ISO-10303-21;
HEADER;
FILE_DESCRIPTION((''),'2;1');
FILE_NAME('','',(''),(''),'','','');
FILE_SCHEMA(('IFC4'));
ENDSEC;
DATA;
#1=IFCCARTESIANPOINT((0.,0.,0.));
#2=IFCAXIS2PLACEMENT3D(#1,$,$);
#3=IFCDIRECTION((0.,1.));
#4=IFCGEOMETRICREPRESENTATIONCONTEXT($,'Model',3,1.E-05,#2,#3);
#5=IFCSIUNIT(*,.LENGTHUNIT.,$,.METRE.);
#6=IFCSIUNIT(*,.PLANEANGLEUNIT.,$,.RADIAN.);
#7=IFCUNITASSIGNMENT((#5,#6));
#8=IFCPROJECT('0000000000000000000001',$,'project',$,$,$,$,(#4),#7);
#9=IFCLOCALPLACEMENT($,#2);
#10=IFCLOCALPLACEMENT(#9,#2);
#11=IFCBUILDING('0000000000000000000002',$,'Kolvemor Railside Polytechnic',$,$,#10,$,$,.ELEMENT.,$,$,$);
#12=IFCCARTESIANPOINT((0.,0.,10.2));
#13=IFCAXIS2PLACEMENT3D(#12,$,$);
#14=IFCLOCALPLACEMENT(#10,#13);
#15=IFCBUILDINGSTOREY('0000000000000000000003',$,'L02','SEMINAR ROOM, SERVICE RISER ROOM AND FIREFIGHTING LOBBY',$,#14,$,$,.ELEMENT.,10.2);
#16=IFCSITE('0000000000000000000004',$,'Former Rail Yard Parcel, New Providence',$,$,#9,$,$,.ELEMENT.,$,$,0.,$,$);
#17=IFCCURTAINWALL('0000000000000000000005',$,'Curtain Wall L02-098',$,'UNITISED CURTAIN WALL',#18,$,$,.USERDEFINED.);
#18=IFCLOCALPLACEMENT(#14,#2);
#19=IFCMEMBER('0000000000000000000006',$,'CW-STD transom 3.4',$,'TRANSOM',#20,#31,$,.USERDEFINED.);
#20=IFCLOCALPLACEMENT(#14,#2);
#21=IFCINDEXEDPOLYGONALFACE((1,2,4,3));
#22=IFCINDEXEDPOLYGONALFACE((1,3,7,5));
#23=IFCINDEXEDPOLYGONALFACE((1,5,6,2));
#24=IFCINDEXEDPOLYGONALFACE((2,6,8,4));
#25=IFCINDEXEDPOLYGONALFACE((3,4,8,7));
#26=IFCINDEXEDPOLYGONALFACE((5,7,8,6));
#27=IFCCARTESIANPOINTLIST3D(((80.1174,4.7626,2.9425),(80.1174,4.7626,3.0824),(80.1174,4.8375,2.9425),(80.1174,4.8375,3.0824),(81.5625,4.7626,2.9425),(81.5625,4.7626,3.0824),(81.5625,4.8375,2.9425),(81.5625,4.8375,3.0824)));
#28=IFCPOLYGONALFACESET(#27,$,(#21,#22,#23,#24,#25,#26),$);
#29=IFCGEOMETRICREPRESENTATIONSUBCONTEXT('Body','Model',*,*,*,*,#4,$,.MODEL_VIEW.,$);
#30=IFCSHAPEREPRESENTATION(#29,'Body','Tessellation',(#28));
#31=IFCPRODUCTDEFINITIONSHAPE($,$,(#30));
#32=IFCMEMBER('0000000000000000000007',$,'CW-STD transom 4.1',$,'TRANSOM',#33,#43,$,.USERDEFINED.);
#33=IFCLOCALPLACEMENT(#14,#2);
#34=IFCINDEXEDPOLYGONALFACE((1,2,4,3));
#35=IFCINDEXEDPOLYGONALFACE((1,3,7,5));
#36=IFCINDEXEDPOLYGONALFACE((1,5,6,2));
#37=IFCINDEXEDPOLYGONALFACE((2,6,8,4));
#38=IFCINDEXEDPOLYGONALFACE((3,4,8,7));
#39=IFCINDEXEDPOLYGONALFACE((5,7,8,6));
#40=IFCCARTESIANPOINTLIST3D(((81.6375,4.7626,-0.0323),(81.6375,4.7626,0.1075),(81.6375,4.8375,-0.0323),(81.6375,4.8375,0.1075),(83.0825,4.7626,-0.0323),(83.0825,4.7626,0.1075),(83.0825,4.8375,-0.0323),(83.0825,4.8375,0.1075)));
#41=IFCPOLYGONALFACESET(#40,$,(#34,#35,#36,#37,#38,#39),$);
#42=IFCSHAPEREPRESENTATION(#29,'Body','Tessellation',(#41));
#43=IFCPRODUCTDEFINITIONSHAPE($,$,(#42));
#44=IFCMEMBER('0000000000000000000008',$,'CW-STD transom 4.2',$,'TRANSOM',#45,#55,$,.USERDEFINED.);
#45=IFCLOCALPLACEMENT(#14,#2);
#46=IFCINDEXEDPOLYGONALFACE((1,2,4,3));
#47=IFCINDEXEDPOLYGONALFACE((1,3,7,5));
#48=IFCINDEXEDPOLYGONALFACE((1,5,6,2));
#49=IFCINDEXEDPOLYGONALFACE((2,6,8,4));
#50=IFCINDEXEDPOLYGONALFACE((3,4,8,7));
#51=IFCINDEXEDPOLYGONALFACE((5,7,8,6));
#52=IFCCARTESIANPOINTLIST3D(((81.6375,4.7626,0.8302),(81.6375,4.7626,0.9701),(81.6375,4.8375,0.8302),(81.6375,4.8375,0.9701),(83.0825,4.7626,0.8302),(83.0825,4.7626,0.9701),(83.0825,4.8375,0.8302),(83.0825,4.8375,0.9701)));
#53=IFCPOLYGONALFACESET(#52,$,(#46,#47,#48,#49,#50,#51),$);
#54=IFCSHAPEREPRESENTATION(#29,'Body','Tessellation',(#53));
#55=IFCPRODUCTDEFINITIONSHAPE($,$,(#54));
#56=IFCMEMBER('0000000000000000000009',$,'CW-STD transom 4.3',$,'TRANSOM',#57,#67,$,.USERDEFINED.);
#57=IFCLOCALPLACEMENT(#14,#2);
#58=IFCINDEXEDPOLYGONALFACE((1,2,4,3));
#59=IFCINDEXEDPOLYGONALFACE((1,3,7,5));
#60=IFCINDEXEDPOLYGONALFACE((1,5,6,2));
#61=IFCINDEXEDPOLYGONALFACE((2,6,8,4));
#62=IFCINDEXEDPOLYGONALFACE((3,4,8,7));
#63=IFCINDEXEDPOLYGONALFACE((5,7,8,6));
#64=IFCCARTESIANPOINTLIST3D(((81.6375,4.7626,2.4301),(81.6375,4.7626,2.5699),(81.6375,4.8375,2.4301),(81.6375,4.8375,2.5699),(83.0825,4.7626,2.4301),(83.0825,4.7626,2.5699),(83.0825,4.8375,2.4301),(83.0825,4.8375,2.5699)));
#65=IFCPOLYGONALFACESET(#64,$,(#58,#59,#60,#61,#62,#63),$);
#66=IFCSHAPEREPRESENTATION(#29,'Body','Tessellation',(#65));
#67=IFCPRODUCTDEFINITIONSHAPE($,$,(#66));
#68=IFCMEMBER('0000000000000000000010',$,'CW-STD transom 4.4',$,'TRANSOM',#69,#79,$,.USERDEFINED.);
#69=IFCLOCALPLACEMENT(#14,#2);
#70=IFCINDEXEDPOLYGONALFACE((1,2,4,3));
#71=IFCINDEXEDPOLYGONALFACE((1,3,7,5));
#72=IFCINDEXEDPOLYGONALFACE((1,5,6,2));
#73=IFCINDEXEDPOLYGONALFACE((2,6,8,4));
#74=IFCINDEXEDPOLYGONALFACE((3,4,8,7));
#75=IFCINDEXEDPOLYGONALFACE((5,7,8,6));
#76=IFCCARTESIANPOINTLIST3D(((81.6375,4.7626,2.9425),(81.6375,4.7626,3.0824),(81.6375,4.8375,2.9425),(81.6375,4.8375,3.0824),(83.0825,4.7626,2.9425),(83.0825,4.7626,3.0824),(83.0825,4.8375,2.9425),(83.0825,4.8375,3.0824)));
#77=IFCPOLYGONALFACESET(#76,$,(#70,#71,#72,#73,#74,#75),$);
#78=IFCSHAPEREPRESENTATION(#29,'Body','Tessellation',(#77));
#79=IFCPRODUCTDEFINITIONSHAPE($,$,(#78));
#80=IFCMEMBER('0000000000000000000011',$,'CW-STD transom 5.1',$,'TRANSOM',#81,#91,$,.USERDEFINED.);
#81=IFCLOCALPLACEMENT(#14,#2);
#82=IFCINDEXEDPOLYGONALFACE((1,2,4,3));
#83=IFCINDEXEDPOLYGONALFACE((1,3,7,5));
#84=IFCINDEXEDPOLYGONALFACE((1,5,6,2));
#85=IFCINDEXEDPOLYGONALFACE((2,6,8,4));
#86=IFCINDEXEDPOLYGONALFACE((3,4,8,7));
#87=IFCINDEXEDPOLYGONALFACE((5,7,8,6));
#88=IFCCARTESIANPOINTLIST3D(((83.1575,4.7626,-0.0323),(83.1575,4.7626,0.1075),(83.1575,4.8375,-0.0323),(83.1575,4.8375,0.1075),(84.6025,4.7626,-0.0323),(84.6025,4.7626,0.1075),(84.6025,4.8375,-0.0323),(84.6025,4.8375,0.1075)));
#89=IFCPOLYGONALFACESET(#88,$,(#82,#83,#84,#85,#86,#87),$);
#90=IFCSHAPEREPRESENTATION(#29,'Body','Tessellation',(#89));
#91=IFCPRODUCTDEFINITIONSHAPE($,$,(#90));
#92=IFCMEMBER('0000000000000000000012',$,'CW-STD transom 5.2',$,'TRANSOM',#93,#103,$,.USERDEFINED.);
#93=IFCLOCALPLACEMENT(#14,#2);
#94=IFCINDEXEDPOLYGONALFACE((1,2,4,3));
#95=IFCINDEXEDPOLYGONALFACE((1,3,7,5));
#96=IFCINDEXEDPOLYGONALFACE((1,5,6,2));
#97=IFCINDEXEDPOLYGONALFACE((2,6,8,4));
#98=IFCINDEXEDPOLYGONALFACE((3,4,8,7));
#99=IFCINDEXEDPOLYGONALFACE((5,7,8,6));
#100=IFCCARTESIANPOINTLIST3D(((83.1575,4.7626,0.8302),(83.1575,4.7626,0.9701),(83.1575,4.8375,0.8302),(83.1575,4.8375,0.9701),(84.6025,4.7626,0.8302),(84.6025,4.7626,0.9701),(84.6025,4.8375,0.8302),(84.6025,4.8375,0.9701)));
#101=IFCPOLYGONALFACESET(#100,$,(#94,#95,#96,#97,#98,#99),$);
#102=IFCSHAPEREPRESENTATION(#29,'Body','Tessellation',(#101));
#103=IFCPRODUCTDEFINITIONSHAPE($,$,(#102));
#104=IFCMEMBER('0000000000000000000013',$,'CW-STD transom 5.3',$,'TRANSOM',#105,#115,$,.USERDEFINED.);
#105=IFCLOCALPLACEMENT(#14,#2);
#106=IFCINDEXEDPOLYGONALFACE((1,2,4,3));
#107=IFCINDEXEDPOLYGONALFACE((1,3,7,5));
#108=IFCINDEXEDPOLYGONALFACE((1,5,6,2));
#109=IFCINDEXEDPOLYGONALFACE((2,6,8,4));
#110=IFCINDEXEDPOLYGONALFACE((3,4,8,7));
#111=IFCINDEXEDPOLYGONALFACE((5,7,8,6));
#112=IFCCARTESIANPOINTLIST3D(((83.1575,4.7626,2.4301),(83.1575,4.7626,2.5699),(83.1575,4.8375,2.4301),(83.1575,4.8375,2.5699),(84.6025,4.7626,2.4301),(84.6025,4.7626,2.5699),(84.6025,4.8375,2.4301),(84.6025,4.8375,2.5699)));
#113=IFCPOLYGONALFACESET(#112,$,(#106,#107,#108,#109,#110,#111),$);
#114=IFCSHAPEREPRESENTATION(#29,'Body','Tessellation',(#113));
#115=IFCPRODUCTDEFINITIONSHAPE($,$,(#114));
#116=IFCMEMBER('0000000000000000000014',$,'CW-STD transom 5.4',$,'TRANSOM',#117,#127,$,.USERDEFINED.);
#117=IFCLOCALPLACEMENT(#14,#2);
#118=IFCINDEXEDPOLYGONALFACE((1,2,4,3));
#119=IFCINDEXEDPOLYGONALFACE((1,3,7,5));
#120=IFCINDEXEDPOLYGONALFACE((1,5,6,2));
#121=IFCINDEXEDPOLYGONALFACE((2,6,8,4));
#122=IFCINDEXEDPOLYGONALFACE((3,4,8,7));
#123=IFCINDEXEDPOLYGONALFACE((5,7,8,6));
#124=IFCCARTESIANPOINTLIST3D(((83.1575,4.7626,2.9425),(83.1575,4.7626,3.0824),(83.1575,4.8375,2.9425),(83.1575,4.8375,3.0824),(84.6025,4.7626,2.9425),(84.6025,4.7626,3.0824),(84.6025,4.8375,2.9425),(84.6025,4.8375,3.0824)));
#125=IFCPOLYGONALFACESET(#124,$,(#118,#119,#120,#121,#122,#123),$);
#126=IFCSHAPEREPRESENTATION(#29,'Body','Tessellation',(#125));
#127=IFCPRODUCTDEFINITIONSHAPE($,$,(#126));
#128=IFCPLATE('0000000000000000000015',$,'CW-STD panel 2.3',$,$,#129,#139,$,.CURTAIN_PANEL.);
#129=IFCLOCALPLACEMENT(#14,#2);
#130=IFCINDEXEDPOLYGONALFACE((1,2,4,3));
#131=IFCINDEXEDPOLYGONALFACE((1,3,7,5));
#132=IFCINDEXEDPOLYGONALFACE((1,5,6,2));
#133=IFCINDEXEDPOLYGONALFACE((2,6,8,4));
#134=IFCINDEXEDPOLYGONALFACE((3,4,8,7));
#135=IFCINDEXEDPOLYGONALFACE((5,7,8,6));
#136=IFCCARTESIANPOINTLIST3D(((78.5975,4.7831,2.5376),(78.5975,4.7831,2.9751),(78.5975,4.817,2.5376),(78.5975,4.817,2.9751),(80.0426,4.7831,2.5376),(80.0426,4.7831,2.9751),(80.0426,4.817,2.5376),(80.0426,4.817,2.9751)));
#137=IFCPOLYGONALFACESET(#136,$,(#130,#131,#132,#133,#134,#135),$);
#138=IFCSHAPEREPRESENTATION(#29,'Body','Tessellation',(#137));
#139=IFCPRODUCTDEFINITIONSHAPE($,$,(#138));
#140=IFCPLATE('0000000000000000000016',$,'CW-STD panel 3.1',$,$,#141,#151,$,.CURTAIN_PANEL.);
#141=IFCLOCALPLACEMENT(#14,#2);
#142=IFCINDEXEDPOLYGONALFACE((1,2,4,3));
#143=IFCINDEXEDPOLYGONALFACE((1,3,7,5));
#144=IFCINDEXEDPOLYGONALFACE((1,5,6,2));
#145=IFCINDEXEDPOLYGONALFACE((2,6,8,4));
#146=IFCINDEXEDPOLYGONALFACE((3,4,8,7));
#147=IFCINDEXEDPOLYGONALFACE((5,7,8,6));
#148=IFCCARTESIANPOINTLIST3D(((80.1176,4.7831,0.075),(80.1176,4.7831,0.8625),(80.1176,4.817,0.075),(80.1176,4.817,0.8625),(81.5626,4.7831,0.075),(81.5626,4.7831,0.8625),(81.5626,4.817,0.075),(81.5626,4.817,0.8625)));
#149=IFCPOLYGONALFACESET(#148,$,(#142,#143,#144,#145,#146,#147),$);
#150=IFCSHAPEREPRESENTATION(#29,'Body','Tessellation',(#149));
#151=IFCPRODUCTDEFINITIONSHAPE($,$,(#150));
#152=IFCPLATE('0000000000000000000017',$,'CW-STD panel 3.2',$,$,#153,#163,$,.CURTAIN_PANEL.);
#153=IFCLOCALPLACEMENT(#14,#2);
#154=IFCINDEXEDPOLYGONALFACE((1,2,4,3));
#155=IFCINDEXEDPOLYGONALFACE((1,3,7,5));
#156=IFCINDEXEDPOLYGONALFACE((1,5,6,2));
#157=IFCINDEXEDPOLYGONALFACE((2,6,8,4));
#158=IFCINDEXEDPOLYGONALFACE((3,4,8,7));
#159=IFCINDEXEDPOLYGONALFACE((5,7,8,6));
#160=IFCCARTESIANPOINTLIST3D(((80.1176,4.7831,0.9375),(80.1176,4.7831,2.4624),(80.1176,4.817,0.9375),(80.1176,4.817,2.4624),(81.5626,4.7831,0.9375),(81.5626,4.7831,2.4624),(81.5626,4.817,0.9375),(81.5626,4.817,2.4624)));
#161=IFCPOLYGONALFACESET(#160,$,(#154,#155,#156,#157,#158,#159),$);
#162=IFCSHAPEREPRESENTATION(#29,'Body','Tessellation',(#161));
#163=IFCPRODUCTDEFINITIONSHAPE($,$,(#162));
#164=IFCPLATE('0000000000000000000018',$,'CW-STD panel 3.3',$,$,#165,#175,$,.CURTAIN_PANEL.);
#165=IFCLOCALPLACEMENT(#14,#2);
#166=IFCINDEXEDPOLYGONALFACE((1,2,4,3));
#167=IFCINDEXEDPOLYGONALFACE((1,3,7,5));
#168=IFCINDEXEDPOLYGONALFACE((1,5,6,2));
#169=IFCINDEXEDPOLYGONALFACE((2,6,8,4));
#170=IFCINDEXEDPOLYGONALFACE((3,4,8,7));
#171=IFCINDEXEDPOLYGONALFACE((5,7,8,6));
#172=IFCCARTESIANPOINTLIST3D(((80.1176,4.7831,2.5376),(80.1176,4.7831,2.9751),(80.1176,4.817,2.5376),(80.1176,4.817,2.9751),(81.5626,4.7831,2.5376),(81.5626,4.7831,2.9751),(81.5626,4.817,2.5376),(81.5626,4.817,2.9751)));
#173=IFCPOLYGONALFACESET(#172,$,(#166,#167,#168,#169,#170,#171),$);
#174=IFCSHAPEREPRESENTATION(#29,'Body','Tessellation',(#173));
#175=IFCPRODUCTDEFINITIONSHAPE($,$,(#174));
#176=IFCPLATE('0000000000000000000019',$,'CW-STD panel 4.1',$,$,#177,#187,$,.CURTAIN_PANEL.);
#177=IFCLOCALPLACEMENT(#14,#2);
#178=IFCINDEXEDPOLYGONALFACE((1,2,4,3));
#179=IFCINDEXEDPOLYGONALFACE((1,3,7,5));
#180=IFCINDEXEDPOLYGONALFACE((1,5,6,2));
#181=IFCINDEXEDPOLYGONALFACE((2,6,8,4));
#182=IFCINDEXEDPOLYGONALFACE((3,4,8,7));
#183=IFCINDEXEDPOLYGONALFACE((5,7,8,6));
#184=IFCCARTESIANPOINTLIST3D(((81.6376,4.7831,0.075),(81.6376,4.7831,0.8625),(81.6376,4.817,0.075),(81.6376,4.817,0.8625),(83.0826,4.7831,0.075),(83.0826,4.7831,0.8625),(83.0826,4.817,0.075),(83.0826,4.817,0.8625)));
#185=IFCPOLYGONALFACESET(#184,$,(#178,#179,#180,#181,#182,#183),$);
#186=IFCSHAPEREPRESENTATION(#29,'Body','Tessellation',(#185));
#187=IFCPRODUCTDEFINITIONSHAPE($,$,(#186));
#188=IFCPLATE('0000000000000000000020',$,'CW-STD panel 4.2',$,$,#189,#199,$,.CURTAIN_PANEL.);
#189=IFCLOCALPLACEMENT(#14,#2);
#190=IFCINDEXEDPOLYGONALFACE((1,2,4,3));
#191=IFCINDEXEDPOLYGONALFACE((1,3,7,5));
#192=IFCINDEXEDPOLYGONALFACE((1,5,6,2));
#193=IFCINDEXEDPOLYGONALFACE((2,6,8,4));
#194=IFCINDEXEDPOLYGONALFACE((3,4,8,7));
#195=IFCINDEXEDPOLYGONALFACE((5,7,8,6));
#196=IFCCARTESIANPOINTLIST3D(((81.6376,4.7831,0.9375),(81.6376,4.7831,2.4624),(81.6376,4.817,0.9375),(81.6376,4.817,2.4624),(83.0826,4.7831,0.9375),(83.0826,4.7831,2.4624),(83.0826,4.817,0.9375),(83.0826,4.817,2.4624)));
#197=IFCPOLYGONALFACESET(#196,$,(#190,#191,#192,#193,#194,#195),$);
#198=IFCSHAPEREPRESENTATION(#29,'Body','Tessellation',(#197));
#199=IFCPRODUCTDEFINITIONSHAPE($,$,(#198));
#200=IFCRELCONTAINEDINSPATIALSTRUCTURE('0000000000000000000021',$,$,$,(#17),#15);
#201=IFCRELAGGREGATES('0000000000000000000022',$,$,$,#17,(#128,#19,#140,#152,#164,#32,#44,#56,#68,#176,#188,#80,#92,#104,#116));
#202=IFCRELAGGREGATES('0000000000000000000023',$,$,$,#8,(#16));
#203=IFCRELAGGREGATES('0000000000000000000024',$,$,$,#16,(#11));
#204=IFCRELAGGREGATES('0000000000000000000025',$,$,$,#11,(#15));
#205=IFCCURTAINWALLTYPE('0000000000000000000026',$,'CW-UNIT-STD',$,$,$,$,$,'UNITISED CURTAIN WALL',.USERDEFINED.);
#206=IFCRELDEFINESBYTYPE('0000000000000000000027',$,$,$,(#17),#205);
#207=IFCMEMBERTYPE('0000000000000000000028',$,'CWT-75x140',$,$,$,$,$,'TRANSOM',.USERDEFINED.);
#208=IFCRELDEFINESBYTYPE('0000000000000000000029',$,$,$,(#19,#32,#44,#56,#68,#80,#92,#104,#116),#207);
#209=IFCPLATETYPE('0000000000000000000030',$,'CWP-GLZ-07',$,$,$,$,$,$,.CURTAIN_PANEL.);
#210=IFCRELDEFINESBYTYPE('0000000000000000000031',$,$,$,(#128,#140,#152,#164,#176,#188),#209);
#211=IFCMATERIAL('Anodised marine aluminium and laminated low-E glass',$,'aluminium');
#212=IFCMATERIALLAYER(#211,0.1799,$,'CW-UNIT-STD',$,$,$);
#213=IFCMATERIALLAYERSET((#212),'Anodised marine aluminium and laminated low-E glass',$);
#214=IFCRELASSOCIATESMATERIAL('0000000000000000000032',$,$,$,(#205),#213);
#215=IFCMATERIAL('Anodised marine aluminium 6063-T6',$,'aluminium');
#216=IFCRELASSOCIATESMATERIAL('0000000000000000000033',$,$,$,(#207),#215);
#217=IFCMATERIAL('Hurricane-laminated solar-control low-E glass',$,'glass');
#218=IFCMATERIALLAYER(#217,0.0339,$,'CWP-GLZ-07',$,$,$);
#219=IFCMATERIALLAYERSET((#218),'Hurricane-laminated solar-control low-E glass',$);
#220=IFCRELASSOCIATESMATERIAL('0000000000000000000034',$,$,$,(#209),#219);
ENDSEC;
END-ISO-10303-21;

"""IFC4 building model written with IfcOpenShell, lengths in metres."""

from ifc_helpers import new_model, si_unit, direction, frame, origin, origin_2d, place, context, subcontext, project, spatial, rectangle, extrude, material, layer, layer_set, material_profile, profile_set, type_object, element, aggregate, save


model = new_model("IFC4")

# Units and contexts
model_context = context("Model", 3, precision=1e-05, world=origin(), true_north=direction((0.0, 1.0)))
body_context = subcontext(model_context, "Body", "Model", "MODEL_VIEW")
ifc_project = project(units=[si_unit("LENGTHUNIT", "METRE"), si_unit("PLANEANGLEUNIT", "RADIAN")], contexts=[model_context])

# Site, building, storey
site_placement = place(None, origin())
site = spatial("IfcSite", under=ifc_project, at=site_placement, Name="Former Rail Yard Parcel, New Providence", CompositionType="ELEMENT", RefElevation=0.0)
building_placement = place(site_placement, origin())
building = spatial("IfcBuilding", under=site, at=building_placement, Name="Kolvemor Railside Polytechnic", CompositionType="ELEMENT")
storey_placement = place(building_placement, frame((0.0, 0.0, 10.2)))
storey = spatial("IfcBuildingStorey", under=building, at=storey_placement, Name="L02", Description="SEMINAR ROOM, SERVICE RISER ROOM AND FIREFIGHTING LOBBY", CompositionType="ELEMENT", Elevation=10.2)

# Curtain wall, members, plates
ifc_material_1 = material(Name="Anodised marine aluminium and laminated low-E glass", Category="aluminium")
ifc_layer_1 = layer(ifc_material_1, 0.1799, Name="CW-UNIT-STD")
ifc_layer_set_1 = layer_set([ifc_layer_1], Name="Anodised marine aluminium and laminated low-E glass")
curtain_wall_type = type_object("IfcCurtainWallType", Name="CW-UNIT-STD", ElementType="UNITISED CURTAIN WALL", PredefinedType="USERDEFINED", material=ifc_layer_set_1)
curtain_wall_placement = place(storey_placement, origin())
curtain_wall = element("IfcCurtainWall", 1, at=curtain_wall_placement, inside=storey, type_object=curtain_wall_type, Name="Curtain Wall L02-098", ObjectType="UNITISED CURTAIN WALL", PredefinedType="USERDEFINED")
ifc_material_2 = material(Name="Anodised marine aluminium 6063-T6", Category="aluminium")
ifc_material_profile_1 = material_profile(ifc_material_2, rectangle(XDim=0.075, YDim=0.1399, at=origin_2d()), Name="CW-TRN-75x140")
ifc_profile_set_1 = profile_set([ifc_material_profile_1], Name="Anodised marine aluminium 6063-T6")
member_type_1 = type_object("IfcMemberType", Name="CWT-75x140", ElementType="TRANSOM", PredefinedType="USERDEFINED", material=ifc_profile_set_1)
member_1_placement = place(storey_placement, frame((80.1174, 4.8, 3.0125), z_axis=(1.0, 0.0, 0.0), x_axis=(0.0, 1.0, 0.0)))
member_1 = element("IfcMember", 2, at=member_1_placement, type_object=member_type_1, Name="CW-STD transom 3.4", ObjectType="TRANSOM", PredefinedType="USERDEFINED", context=body_context, shape_type="SweptSolid", body=[
    extrude(rectangle(XDim=0.075, YDim=0.1399, at=origin_2d()), origin(), (0.0, 0.0, 1.0), 1.4451),
])
member_2_placement = place(storey_placement, frame((81.6375, 4.8, 0.0376), z_axis=(1.0, 0.0, 0.0), x_axis=(0.0, 1.0, 0.0)))
member_2 = element("IfcMember", 3, at=member_2_placement, type_object=member_type_1, Name="CW-STD transom 4.1", ObjectType="TRANSOM", PredefinedType="USERDEFINED", context=body_context, shape_type="SweptSolid", body=[
    extrude(rectangle(XDim=0.075, YDim=0.1399, at=origin_2d()), origin(), (0.0, 0.0, 1.0), 1.4451),
])
member_3_placement = place(storey_placement, frame((81.6375, 4.8, 0.9001), z_axis=(1.0, 0.0, 0.0), x_axis=(0.0, 1.0, 0.0)))
member_3 = element("IfcMember", 4, at=member_3_placement, type_object=member_type_1, Name="CW-STD transom 4.2", ObjectType="TRANSOM", PredefinedType="USERDEFINED", context=body_context, shape_type="SweptSolid", body=[
    extrude(rectangle(XDim=0.075, YDim=0.1399, at=origin_2d()), origin(), (0.0, 0.0, 1.0), 1.4451),
])
member_4_placement = place(storey_placement, frame((81.6375, 4.8, 2.5), z_axis=(1.0, 0.0, 0.0), x_axis=(0.0, 1.0, 0.0)))
member_4 = element("IfcMember", 5, at=member_4_placement, type_object=member_type_1, Name="CW-STD transom 4.3", ObjectType="TRANSOM", PredefinedType="USERDEFINED", context=body_context, shape_type="SweptSolid", body=[
    extrude(rectangle(XDim=0.075, YDim=0.1399, at=origin_2d()), origin(), (0.0, 0.0, 1.0), 1.4451),
])
member_5_placement = place(storey_placement, frame((81.6375, 4.8, 3.0125), z_axis=(1.0, 0.0, 0.0), x_axis=(0.0, 1.0, 0.0)))
member_5 = element("IfcMember", 6, at=member_5_placement, type_object=member_type_1, Name="CW-STD transom 4.4", ObjectType="TRANSOM", PredefinedType="USERDEFINED", context=body_context, shape_type="SweptSolid", body=[
    extrude(rectangle(XDim=0.075, YDim=0.1399, at=origin_2d()), origin(), (0.0, 0.0, 1.0), 1.4451),
])
member_6_placement = place(storey_placement, frame((83.1575, 4.8, 0.0376), z_axis=(1.0, 0.0, 0.0), x_axis=(0.0, 1.0, 0.0)))
member_6 = element("IfcMember", 7, at=member_6_placement, type_object=member_type_1, Name="CW-STD transom 5.1", ObjectType="TRANSOM", PredefinedType="USERDEFINED", context=body_context, shape_type="SweptSolid", body=[
    extrude(rectangle(XDim=0.075, YDim=0.1399, at=origin_2d()), origin(), (0.0, 0.0, 1.0), 1.4451),
])
member_7_placement = place(storey_placement, frame((83.1575, 4.8, 0.9001), z_axis=(1.0, 0.0, 0.0), x_axis=(0.0, 1.0, 0.0)))
member_7 = element("IfcMember", 8, at=member_7_placement, type_object=member_type_1, Name="CW-STD transom 5.2", ObjectType="TRANSOM", PredefinedType="USERDEFINED", context=body_context, shape_type="SweptSolid", body=[
    extrude(rectangle(XDim=0.075, YDim=0.1399, at=origin_2d()), origin(), (0.0, 0.0, 1.0), 1.4451),
])
member_8_placement = place(storey_placement, frame((83.1575, 4.8, 2.5), z_axis=(1.0, 0.0, 0.0), x_axis=(0.0, 1.0, 0.0)))
member_8 = element("IfcMember", 9, at=member_8_placement, type_object=member_type_1, Name="CW-STD transom 5.3", ObjectType="TRANSOM", PredefinedType="USERDEFINED", context=body_context, shape_type="SweptSolid", body=[
    extrude(rectangle(XDim=0.075, YDim=0.1399, at=origin_2d()), origin(), (0.0, 0.0, 1.0), 1.4451),
])
member_9_placement = place(storey_placement, frame((83.1575, 4.8, 3.0125), z_axis=(1.0, 0.0, 0.0), x_axis=(0.0, 1.0, 0.0)))
member_9 = element("IfcMember", 10, at=member_9_placement, type_object=member_type_1, Name="CW-STD transom 5.4", ObjectType="TRANSOM", PredefinedType="USERDEFINED", context=body_context, shape_type="SweptSolid", body=[
    extrude(rectangle(XDim=0.075, YDim=0.1399, at=origin_2d()), origin(), (0.0, 0.0, 1.0), 1.4451),
])
ifc_material_3 = material(Name="Hurricane-laminated solar-control low-E glass", Category="glass")
ifc_layer_2 = layer(ifc_material_3, 0.0339, Name="CWP-GLZ-07")
ifc_layer_set_2 = layer_set([ifc_layer_2], Name="Hurricane-laminated solar-control low-E glass")
plate_type = type_object("IfcPlateType", Name="CWP-GLZ-07", PredefinedType="CURTAIN_PANEL", material=ifc_layer_set_2)
plate_1_placement = place(storey_placement, frame((79.3201, 4.8, 2.5376), z_axis=(0.0, 0.0, 1.0), x_axis=(1.0, 0.0, 0.0)))
plate_1 = element("IfcPlate", 11, at=plate_1_placement, type_object=plate_type, Name="CW-STD panel 2.3", PredefinedType="CURTAIN_PANEL", context=body_context, shape_type="SweptSolid", body=[
    extrude(rectangle(XDim=1.4451, YDim=0.0339, at=origin_2d()), origin(), (0.0, 0.0, 1.0), 0.4375),
])
plate_2_placement = place(storey_placement, frame((80.8401, 4.8, 0.075), z_axis=(0.0, 0.0, 1.0), x_axis=(1.0, 0.0, 0.0)))
plate_2 = element("IfcPlate", 12, at=plate_2_placement, type_object=plate_type, Name="CW-STD panel 3.1", PredefinedType="CURTAIN_PANEL", context=body_context, shape_type="SweptSolid", body=[
    extrude(rectangle(XDim=1.4451, YDim=0.0339, at=origin_2d()), origin(), (0.0, 0.0, 1.0), 0.7876),
])
plate_3_placement = place(storey_placement, frame((80.8401, 4.8, 0.9375), z_axis=(0.0, 0.0, 1.0), x_axis=(1.0, 0.0, 0.0)))
plate_3 = element("IfcPlate", 13, at=plate_3_placement, type_object=plate_type, Name="CW-STD panel 3.2", PredefinedType="CURTAIN_PANEL", context=body_context, shape_type="SweptSolid", body=[
    extrude(rectangle(XDim=1.4451, YDim=0.0339, at=origin_2d()), origin(), (0.0, 0.0, 1.0), 1.5249),
])
plate_4_placement = place(storey_placement, frame((80.8401, 4.8, 2.5376), z_axis=(0.0, 0.0, 1.0), x_axis=(1.0, 0.0, 0.0)))
plate_4 = element("IfcPlate", 14, at=plate_4_placement, type_object=plate_type, Name="CW-STD panel 3.3", PredefinedType="CURTAIN_PANEL", context=body_context, shape_type="SweptSolid", body=[
    extrude(rectangle(XDim=1.4451, YDim=0.0339, at=origin_2d()), origin(), (0.0, 0.0, 1.0), 0.4375),
])
plate_5_placement = place(storey_placement, frame((82.3601, 4.8, 0.075), z_axis=(0.0, 0.0, 1.0), x_axis=(1.0, 0.0, 0.0)))
plate_5 = element("IfcPlate", 15, at=plate_5_placement, type_object=plate_type, Name="CW-STD panel 4.1", PredefinedType="CURTAIN_PANEL", context=body_context, shape_type="SweptSolid", body=[
    extrude(rectangle(XDim=1.4451, YDim=0.0339, at=origin_2d()), origin(), (0.0, 0.0, 1.0), 0.7876),
])
plate_6_placement = place(storey_placement, frame((82.3601, 4.8, 0.9375), z_axis=(0.0, 0.0, 1.0), x_axis=(1.0, 0.0, 0.0)))
plate_6 = element("IfcPlate", 16, at=plate_6_placement, type_object=plate_type, Name="CW-STD panel 4.2", PredefinedType="CURTAIN_PANEL", context=body_context, shape_type="SweptSolid", body=[
    extrude(rectangle(XDim=1.4451, YDim=0.0339, at=origin_2d()), origin(), (0.0, 0.0, 1.0), 1.5249),
])
aggregate(curtain_wall, [plate_1, member_1, plate_2, plate_3, plate_4, member_2, member_3, member_4, member_5, plate_5, plate_6, member_6, member_7, member_8, member_9])

save(model, "model.ifc")
